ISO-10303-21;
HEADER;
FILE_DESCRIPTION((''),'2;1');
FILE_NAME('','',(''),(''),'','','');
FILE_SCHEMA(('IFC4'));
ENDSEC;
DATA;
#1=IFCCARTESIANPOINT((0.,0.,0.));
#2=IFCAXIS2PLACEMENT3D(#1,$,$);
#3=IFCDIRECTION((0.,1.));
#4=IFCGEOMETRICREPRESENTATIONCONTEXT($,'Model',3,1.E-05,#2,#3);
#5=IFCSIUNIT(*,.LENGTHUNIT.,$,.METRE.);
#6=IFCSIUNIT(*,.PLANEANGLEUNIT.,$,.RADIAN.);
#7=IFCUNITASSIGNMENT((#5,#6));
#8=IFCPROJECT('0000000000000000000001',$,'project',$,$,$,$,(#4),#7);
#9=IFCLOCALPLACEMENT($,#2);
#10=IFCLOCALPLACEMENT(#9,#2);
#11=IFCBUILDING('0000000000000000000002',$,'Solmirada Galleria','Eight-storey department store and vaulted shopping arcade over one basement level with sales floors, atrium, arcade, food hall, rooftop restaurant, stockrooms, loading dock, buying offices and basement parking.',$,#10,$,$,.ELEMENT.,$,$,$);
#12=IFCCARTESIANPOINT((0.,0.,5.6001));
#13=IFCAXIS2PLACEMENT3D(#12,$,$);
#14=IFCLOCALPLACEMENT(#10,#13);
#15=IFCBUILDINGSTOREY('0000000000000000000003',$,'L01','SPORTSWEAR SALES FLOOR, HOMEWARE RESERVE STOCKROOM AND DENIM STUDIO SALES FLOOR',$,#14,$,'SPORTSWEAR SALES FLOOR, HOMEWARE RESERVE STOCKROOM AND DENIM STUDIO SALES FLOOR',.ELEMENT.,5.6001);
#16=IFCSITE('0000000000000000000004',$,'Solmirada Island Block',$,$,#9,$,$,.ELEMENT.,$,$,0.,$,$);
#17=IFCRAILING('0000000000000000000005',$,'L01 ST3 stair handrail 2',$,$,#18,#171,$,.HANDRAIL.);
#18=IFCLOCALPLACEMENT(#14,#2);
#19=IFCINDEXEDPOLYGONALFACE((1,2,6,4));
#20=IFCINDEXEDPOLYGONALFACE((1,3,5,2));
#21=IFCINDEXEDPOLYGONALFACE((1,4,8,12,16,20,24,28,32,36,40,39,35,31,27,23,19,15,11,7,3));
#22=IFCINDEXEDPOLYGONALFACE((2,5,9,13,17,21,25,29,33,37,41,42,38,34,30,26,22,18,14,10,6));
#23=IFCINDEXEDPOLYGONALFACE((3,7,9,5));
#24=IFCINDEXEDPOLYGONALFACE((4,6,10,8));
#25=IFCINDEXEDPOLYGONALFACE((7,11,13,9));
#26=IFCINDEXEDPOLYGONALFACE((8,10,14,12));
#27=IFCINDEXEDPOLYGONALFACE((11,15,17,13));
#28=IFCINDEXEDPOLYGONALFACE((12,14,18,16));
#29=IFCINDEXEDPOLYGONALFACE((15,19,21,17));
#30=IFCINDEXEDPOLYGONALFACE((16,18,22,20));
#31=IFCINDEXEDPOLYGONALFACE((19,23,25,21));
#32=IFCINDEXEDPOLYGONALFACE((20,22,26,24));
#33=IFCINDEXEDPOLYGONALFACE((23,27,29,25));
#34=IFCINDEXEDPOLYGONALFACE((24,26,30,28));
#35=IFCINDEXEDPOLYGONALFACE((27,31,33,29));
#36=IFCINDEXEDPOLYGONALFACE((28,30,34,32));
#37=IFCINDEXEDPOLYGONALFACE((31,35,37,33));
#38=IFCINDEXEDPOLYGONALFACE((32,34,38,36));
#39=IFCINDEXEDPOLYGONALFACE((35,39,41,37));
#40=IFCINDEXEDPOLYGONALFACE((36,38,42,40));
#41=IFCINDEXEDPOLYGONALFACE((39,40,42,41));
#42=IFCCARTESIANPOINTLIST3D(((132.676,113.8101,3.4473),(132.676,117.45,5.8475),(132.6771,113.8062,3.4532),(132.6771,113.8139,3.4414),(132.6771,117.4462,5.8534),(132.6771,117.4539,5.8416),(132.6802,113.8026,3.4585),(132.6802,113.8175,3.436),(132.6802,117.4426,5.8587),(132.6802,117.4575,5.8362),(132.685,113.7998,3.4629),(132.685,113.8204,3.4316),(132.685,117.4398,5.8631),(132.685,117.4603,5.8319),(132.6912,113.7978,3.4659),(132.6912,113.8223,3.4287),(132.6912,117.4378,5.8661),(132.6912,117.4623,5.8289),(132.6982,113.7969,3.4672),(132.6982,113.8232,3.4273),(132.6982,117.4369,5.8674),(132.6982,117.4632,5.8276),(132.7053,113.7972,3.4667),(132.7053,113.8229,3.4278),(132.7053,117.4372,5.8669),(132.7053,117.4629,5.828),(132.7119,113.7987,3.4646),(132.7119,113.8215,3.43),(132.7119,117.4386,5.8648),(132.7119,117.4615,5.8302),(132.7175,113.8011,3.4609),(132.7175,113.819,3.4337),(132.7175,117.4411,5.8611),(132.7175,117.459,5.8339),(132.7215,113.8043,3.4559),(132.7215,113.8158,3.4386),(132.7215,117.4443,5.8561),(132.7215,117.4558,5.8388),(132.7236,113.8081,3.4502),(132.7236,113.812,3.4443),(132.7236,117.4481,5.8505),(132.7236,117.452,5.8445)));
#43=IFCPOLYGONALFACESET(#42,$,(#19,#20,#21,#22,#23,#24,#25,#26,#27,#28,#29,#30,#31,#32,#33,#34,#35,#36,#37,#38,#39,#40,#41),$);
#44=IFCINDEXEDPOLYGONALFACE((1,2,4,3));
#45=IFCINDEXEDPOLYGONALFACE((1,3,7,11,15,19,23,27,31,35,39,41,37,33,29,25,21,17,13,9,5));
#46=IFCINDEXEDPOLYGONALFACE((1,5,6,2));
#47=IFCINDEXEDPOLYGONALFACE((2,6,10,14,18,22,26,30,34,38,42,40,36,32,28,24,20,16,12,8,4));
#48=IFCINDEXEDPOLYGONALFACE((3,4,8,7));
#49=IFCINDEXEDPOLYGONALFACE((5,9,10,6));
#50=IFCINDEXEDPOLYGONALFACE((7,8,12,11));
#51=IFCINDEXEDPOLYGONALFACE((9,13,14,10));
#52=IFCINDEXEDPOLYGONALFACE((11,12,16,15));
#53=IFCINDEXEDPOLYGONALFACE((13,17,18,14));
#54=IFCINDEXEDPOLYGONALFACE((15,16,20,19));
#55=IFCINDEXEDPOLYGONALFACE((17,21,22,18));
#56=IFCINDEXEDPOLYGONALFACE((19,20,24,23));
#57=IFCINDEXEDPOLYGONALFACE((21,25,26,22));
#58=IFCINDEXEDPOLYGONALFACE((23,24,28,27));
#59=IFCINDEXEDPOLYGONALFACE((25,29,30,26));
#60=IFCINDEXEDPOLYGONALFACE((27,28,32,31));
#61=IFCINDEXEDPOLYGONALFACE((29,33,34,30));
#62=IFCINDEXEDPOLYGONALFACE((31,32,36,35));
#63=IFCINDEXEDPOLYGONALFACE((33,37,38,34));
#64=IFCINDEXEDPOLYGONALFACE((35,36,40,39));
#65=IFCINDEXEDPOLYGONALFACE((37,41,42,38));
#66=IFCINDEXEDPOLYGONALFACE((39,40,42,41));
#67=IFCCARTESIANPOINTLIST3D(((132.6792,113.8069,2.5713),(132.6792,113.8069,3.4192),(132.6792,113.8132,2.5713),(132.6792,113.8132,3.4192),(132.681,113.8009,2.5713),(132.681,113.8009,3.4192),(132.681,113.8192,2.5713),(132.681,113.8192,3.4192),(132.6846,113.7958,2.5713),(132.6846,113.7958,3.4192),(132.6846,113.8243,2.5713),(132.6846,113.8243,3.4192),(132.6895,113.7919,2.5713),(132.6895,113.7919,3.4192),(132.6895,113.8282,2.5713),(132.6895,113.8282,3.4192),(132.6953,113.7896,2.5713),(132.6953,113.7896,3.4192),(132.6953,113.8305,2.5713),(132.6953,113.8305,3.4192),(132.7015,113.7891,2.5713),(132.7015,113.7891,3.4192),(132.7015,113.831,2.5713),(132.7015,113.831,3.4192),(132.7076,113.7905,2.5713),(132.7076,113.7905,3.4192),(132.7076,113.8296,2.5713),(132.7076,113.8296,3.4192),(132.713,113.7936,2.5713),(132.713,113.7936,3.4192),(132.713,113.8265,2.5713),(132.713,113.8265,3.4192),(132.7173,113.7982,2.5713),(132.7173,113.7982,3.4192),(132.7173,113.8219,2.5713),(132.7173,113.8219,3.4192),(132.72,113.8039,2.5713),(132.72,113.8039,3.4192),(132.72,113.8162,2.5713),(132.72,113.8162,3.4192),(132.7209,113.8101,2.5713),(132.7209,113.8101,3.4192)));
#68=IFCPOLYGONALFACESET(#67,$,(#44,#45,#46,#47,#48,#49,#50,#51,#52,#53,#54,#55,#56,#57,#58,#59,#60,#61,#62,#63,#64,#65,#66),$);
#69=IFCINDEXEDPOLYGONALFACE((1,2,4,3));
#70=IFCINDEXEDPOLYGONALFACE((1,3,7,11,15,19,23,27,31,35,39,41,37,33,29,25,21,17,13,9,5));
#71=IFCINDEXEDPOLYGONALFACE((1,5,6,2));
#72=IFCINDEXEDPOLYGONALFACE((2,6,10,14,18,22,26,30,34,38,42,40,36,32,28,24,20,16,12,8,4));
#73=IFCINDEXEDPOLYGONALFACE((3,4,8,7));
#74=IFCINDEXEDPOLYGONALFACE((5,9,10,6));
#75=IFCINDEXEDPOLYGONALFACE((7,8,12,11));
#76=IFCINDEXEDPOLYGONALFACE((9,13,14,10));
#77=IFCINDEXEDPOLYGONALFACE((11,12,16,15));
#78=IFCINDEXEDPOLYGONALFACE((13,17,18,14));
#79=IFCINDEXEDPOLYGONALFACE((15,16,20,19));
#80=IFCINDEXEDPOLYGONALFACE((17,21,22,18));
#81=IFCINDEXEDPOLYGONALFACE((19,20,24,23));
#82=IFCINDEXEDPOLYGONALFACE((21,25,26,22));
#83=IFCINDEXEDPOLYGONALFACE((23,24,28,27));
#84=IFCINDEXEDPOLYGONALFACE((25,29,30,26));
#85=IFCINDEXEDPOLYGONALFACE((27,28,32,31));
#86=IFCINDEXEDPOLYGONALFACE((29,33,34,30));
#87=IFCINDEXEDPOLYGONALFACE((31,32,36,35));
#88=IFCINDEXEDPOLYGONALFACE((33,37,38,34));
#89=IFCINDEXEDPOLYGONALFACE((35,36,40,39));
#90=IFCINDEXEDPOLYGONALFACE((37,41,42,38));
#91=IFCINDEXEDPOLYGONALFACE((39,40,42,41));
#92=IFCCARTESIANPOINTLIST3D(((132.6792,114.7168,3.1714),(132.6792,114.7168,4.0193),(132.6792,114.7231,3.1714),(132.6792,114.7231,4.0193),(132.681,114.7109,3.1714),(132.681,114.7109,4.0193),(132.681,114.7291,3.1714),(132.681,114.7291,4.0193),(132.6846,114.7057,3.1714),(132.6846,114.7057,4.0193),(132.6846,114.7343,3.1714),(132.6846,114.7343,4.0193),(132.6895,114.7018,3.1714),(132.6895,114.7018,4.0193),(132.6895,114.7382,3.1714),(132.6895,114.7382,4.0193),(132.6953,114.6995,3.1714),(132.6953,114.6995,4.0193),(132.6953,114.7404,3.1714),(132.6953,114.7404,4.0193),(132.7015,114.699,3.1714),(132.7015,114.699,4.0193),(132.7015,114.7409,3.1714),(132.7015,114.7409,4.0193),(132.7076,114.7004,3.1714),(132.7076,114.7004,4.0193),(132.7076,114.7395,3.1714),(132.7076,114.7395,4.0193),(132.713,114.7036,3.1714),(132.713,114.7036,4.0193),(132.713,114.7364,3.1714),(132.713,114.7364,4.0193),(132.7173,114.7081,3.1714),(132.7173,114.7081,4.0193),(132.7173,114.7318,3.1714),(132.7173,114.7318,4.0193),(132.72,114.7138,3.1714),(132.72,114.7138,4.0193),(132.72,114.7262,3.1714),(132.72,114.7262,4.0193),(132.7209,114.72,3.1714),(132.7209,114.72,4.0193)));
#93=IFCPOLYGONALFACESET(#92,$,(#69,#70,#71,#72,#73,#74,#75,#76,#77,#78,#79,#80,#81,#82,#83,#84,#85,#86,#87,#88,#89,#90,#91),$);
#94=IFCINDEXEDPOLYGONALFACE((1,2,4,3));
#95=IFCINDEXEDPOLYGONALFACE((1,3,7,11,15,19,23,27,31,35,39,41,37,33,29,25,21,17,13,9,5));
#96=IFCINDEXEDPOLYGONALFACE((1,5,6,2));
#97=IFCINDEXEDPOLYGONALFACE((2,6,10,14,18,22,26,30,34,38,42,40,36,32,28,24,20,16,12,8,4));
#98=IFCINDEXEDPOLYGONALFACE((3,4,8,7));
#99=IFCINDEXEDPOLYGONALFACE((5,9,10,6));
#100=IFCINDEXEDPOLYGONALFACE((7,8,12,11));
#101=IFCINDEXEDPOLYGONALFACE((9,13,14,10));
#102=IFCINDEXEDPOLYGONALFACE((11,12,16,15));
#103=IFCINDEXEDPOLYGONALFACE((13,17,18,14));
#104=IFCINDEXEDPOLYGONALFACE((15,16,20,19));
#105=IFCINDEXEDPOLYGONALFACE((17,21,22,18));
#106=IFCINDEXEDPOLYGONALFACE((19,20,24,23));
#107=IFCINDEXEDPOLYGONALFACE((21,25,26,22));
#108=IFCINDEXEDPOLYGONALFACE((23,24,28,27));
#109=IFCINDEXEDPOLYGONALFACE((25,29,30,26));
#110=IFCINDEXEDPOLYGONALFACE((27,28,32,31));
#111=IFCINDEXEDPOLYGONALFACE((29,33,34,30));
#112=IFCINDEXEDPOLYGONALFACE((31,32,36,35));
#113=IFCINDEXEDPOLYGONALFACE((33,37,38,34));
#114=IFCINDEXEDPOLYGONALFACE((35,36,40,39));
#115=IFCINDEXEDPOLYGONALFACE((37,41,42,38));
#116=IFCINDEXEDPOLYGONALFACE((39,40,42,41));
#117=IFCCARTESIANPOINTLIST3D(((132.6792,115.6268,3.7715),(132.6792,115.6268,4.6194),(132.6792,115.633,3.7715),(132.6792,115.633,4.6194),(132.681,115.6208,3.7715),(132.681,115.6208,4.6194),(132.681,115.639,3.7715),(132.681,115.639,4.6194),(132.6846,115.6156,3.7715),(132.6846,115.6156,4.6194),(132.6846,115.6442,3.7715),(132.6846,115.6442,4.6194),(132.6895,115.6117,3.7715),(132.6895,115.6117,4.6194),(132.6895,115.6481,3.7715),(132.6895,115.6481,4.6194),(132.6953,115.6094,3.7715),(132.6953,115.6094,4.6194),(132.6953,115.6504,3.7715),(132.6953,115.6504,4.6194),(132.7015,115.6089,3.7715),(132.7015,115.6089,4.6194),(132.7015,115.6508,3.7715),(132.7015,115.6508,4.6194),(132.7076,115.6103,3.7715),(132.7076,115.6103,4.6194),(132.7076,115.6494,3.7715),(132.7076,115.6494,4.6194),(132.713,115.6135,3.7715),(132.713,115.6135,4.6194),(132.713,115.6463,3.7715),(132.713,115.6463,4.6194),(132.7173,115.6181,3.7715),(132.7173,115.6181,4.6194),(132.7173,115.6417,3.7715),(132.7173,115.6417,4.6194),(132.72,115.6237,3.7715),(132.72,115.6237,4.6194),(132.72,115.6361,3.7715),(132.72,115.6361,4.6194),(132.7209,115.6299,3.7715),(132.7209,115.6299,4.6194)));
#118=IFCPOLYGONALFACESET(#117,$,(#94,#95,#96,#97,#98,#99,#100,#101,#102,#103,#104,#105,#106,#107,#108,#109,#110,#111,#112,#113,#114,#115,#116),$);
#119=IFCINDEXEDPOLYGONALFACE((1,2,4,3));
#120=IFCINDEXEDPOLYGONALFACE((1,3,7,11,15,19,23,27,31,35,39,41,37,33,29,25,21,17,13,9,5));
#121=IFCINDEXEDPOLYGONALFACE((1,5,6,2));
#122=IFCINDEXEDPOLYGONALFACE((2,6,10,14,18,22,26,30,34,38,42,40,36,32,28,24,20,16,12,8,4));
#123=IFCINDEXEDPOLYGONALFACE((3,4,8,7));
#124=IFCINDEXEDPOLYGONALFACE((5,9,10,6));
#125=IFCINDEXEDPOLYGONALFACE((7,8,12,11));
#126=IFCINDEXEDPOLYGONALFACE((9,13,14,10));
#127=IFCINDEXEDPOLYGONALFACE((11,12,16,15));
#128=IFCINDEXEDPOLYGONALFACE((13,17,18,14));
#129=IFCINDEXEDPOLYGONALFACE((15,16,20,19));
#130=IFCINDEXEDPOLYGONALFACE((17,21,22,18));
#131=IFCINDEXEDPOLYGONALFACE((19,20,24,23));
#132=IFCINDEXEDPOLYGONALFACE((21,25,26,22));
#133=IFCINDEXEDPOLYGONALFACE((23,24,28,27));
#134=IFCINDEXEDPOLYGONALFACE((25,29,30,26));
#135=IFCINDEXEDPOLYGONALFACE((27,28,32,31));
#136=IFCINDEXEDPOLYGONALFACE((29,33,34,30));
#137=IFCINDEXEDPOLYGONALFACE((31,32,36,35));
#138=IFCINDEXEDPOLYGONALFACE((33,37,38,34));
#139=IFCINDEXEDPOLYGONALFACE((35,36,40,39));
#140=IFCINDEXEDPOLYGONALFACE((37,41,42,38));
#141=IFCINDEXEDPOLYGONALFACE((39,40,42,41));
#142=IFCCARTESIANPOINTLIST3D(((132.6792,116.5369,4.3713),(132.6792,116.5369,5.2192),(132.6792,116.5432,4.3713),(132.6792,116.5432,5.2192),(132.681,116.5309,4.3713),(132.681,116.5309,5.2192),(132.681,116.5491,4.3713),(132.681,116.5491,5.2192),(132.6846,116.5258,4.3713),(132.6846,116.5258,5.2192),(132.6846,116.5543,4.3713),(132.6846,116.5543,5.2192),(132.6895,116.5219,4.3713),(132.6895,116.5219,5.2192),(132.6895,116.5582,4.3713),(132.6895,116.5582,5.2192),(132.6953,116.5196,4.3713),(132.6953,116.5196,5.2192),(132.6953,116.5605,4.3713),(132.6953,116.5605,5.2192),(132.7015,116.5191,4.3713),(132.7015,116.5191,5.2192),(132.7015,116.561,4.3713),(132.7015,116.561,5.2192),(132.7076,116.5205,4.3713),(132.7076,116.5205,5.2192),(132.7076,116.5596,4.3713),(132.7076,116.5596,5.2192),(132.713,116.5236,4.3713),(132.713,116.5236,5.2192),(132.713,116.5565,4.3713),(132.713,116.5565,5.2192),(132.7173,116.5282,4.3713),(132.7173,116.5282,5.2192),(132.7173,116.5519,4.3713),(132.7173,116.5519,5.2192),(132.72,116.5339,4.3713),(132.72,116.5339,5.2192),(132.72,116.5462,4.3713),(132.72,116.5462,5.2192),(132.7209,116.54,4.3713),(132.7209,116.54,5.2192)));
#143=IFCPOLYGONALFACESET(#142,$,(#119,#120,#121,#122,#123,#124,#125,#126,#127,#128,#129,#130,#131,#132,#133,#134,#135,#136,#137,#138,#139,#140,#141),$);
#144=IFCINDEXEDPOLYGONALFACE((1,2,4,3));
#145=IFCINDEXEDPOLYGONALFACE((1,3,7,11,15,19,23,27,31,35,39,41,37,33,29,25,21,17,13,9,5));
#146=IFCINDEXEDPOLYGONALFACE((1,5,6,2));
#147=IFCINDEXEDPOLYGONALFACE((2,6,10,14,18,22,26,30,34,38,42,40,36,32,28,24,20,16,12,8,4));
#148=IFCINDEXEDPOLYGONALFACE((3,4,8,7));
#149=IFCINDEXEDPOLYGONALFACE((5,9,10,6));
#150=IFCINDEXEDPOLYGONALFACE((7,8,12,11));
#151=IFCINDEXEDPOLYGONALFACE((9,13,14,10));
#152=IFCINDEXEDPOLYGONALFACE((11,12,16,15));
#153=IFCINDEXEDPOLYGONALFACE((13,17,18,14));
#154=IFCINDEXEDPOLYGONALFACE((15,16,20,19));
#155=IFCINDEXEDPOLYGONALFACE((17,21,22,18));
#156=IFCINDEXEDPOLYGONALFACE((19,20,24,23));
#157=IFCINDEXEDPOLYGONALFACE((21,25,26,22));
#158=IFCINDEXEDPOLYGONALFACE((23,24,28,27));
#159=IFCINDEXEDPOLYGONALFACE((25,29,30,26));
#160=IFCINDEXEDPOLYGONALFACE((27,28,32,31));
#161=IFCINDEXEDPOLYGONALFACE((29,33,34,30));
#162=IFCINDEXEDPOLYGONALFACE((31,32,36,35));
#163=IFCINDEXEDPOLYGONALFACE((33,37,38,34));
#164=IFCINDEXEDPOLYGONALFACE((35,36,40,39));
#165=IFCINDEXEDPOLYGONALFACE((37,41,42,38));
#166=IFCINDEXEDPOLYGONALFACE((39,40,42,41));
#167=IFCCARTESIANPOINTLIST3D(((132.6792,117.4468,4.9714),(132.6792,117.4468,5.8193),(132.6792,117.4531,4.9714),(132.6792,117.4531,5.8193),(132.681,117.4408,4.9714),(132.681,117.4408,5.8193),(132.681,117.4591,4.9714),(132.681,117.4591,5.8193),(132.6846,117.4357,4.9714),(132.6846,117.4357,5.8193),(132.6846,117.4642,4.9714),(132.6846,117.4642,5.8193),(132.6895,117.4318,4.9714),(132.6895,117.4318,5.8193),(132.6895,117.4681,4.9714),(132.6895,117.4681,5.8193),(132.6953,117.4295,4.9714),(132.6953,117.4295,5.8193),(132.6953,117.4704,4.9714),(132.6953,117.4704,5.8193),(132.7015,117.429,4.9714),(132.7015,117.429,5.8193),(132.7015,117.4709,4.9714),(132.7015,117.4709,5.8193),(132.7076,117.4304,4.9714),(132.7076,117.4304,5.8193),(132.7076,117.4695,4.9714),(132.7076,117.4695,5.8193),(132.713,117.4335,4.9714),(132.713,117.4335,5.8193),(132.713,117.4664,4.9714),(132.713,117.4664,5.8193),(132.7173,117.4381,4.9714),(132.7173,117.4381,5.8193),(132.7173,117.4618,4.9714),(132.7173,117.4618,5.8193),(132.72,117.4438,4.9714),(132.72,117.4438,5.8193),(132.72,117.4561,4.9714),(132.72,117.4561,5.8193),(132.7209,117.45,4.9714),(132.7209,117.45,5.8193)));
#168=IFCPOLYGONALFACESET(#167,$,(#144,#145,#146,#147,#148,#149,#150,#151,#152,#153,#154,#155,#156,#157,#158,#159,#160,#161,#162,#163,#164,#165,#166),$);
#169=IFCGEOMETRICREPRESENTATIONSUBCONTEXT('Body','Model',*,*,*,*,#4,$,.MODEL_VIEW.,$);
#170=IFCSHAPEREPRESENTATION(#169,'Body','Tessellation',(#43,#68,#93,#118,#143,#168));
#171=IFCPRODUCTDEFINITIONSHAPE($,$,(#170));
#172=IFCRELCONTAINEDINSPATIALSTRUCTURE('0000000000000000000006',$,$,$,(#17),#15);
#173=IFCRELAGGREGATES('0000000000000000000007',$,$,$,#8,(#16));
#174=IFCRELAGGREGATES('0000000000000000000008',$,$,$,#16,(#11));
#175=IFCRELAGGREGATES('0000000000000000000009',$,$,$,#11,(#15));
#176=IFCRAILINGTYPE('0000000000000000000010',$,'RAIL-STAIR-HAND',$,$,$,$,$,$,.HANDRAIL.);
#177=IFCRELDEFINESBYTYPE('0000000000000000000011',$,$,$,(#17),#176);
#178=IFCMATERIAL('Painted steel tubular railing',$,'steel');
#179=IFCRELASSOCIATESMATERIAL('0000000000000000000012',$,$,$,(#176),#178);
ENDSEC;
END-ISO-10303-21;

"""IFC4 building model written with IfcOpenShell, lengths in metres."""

from ifc_helpers import new_model, si_unit, direction, frame, origin, origin_2d, place, context, subcontext, project, spatial, circle, extrude, material, type_object, element, save


model = new_model("IFC4")

# Units and contexts
model_context = context("Model", 3, precision=1e-05, world=origin(), true_north=direction((0.0, 1.0)))
body_context = subcontext(model_context, "Body", "Model", "MODEL_VIEW")
ifc_project = project(units=[si_unit("LENGTHUNIT", "METRE"), si_unit("PLANEANGLEUNIT", "RADIAN")], contexts=[model_context])

# Site, building, storey
site_placement = place(None, origin())
site = spatial("IfcSite", under=ifc_project, at=site_placement, Name="Solmirada Island Block", CompositionType="ELEMENT", RefElevation=0.0)
building_placement = place(site_placement, origin())
building = spatial("IfcBuilding", under=site, at=building_placement, Name="Solmirada Galleria", Description="Eight-storey department store and vaulted shopping arcade over one basement level with sales floors, atrium, arcade, food hall, rooftop restaurant, stockrooms, loading dock, buying offices and basement parking.", CompositionType="ELEMENT")
storey_placement = place(building_placement, frame((0.0, 0.0, 5.6001)))
storey = spatial("IfcBuildingStorey", under=building, at=storey_placement, Name="L01", Description="SPORTSWEAR SALES FLOOR, HOMEWARE RESERVE STOCKROOM AND DENIM STUDIO SALES FLOOR", LongName="SPORTSWEAR SALES FLOOR, HOMEWARE RESERVE STOCKROOM AND DENIM STUDIO SALES FLOOR", CompositionType="ELEMENT", Elevation=5.6001)

# Railing
ifc_material_1 = material(Name="Painted steel tubular railing", Category="steel")
railing_type_1 = type_object("IfcRailingType", Name="RAIL-STAIR-HAND", PredefinedType="HANDRAIL", material=ifc_material_1)
railing_1_placement = place(storey_placement, frame((132.7, 113.8101, 2.5713)))
element("IfcRailing", 1, at=railing_1_placement, inside=storey, type_object=railing_type_1, Name="L01 ST3 stair handrail 2", PredefinedType="HANDRAIL", context=body_context, shape_type="SweptSolid", body=[
    extrude(circle(Radius=0.0239, at=origin_2d()), frame((0.0, 0.0, 0.876), z_axis=(0.0, 0.834839, 0.550493), x_axis=(-1.0, 0.0, 0.0)), (0.0, 0.0, 1.0), 4.3601),
    extrude(circle(Radius=0.021, at=origin_2d()), origin(), (0.0, 0.0, 1.0), 0.8479),
    extrude(circle(Radius=0.021, at=origin_2d()), frame((0.0, 0.9099, 0.6001)), (0.0, 0.0, 1.0), 0.8479),
    extrude(circle(Radius=0.021, at=origin_2d()), frame((0.0, 1.8198, 1.2002)), (0.0, 0.0, 1.0), 0.8479),
    extrude(circle(Radius=0.021, at=origin_2d()), frame((0.0, 2.73, 1.8)), (0.0, 0.0, 1.0), 0.8479),
    extrude(circle(Radius=0.021, at=origin_2d()), frame((0.0, 3.6399, 2.4001)), (0.0, 0.0, 1.0), 0.8479),
])

save(model, "model.ifc")
